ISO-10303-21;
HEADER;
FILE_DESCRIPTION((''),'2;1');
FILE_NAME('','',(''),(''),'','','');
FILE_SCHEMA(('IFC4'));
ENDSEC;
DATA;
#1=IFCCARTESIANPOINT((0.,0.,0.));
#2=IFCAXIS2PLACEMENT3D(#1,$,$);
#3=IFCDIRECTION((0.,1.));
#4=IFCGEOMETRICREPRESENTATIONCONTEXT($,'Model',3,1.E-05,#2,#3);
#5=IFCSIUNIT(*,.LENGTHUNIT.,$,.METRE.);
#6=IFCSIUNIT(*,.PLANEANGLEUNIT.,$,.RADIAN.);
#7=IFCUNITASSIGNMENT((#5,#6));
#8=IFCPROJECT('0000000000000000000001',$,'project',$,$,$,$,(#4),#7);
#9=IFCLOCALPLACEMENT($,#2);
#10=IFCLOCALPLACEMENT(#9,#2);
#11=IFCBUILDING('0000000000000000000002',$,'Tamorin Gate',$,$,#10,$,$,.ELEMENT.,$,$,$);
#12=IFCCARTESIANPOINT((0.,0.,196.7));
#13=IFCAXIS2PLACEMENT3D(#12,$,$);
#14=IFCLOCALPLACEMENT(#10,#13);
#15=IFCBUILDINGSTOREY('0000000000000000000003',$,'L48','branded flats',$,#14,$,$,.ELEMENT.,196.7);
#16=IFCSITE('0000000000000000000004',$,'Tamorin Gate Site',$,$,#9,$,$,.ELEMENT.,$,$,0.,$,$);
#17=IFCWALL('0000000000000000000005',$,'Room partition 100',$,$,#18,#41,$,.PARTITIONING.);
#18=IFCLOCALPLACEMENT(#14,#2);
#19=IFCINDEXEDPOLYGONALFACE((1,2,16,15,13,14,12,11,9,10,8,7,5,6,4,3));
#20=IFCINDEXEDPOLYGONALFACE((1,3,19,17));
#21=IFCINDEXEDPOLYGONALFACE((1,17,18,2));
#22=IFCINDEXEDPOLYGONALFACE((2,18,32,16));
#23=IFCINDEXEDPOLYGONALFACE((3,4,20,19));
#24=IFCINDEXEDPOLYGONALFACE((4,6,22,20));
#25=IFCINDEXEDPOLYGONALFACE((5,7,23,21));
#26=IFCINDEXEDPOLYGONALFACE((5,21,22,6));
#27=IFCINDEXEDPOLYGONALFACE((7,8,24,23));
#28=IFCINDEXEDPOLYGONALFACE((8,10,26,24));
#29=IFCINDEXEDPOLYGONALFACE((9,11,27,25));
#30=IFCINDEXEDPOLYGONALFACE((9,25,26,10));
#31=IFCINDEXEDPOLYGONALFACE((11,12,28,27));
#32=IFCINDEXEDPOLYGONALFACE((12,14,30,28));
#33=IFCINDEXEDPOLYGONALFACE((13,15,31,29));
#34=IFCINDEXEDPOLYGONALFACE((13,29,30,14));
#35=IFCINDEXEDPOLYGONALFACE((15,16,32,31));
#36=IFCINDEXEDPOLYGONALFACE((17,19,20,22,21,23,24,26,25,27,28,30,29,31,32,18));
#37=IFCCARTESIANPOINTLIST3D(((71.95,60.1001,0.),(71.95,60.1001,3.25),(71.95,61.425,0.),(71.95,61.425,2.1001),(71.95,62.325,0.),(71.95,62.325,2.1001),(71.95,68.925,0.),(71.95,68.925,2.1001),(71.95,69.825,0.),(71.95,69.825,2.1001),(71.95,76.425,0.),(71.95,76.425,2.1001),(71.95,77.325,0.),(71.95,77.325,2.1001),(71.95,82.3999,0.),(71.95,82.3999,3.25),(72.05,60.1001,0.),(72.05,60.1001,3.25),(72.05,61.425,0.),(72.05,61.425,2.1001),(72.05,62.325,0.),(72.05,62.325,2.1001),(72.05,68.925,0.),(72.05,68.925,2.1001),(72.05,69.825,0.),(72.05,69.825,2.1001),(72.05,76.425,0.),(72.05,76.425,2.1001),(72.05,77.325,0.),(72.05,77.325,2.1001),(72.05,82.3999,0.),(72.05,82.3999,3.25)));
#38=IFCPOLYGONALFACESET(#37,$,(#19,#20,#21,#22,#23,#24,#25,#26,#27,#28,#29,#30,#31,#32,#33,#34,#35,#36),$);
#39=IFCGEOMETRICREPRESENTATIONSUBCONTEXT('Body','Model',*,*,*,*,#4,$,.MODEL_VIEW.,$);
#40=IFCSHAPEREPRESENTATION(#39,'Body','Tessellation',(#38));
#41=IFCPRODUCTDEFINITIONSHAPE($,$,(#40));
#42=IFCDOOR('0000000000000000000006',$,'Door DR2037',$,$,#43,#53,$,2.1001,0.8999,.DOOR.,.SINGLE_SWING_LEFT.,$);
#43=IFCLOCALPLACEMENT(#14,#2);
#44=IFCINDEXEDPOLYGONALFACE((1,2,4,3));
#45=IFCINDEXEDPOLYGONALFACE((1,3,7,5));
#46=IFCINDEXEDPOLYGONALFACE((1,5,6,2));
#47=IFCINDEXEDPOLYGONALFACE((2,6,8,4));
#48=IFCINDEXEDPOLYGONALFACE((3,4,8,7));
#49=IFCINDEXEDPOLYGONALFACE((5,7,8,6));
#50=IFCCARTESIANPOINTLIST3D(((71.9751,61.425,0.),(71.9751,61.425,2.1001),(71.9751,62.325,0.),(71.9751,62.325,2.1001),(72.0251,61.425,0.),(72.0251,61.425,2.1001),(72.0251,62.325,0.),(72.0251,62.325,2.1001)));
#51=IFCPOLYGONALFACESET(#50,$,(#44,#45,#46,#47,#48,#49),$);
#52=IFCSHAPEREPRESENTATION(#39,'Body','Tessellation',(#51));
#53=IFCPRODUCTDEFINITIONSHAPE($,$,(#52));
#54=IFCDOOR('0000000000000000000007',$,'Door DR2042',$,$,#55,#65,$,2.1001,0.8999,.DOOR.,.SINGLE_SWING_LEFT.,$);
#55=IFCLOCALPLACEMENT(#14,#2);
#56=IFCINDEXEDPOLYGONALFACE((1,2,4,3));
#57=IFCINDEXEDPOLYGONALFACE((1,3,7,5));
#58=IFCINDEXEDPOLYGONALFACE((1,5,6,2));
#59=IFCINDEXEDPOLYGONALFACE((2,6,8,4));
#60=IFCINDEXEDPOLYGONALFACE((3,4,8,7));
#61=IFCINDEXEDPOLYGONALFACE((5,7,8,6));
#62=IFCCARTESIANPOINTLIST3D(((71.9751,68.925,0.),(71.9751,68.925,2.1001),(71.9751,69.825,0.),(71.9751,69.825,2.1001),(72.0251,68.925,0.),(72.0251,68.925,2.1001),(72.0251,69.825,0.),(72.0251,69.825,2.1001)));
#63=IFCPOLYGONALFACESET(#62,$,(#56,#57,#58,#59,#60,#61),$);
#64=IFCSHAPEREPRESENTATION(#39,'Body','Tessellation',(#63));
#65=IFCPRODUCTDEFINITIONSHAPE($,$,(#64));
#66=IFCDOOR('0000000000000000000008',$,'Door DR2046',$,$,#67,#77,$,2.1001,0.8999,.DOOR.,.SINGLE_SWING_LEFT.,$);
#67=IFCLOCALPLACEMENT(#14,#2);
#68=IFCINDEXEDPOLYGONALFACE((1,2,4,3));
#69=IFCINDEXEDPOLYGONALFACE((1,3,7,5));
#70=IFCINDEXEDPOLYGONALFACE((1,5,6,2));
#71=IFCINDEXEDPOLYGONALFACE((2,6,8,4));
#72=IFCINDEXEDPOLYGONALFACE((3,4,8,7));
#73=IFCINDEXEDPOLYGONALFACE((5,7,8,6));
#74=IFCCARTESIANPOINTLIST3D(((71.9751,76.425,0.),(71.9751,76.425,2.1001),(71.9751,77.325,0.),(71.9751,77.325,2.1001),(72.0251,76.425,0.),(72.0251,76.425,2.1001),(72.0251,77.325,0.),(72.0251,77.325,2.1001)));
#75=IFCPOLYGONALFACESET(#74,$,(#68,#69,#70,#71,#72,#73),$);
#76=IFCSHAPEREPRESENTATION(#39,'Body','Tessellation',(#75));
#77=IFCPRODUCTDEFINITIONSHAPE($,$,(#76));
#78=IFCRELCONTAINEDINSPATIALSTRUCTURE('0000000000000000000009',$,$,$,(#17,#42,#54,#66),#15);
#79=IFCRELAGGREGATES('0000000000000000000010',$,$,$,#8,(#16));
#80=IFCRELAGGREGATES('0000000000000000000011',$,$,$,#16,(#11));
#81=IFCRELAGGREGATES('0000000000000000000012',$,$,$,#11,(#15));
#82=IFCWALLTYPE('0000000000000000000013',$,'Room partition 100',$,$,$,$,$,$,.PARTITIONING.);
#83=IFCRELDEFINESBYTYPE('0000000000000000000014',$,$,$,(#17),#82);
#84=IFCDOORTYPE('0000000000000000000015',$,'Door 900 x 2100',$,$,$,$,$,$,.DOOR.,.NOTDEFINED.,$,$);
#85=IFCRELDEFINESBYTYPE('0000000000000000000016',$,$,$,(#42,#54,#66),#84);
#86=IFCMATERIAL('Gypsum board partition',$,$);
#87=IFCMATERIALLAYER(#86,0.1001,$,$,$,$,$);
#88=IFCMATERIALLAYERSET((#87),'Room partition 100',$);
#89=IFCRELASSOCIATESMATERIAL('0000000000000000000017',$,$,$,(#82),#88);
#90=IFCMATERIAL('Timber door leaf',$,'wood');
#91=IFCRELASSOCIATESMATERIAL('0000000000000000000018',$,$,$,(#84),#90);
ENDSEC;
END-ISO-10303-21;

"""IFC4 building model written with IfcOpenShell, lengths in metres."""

from ifc_helpers import new_model, si_unit, direction, frame, frame_2d, origin, place, context, subcontext, project, spatial, rectangle, extrude, material, layer, layer_set, type_object, element, fill, save


model = new_model("IFC4")

# Units and contexts
model_context = context("Model", 3, precision=1e-05, world=origin(), true_north=direction((0.0, 1.0)))
body_context = subcontext(model_context, "Body", "Model", "MODEL_VIEW")
ifc_project = project(units=[si_unit("LENGTHUNIT", "METRE"), si_unit("PLANEANGLEUNIT", "RADIAN")], contexts=[model_context])

# Site, building, storey
site_placement = place(None, origin())
site = spatial("IfcSite", under=ifc_project, at=site_placement, Name="Tamorin Gate Site", CompositionType="ELEMENT", RefElevation=0.0)
building_placement = place(site_placement, origin())
building = spatial("IfcBuilding", under=site, at=building_placement, Name="Tamorin Gate", CompositionType="ELEMENT")
storey_placement = place(building_placement, frame((0.0, 0.0, 196.7)))
storey = spatial("IfcBuildingStorey", under=building, at=storey_placement, Name="L48", Description="branded flats", CompositionType="ELEMENT", Elevation=196.7)

# Wall, openings, doors
ifc_material_1 = material(Name="Gypsum board partition")
ifc_layer_1 = layer(ifc_material_1, 0.1001)
ifc_layer_set_1 = layer_set([ifc_layer_1], Name="Room partition 100")
wall_type_1 = type_object("IfcWallType", Name="Room partition 100", PredefinedType="PARTITIONING", material=ifc_layer_set_1)
wall_1_placement = place(storey_placement, frame((72.0, 60.1001, 0.0), z_axis=(0.0, 0.0, 1.0), x_axis=(0.0, 1.0, 0.0)))
wall_1 = element("IfcWall", 1, at=wall_1_placement, inside=storey, type_object=wall_type_1, Name="Room partition 100", PredefinedType="PARTITIONING", context=body_context, shape_type="SweptSolid", body=[
    extrude(rectangle(XDim=22.2998, YDim=0.1001, at=frame_2d((11.1499, 0.0))), origin(), (0.0, 0.0, 1.0), 3.25),
])
opening_1_placement = place(wall_1_placement, frame((1.325, 0.0, 0.0)))
opening_1 = element("IfcOpeningElement", 2, at=opening_1_placement, cuts=wall_1, PredefinedType="OPENING", context=body_context, shape_type="SweptSolid", body=[
    extrude(rectangle(XDim=0.8999, YDim=2.1001, at=frame_2d((0.45, 1.05))), frame((0.0, 0.0601, 0.0), z_axis=(0.0, -1.0, 0.0), x_axis=(1.0, 0.0, 0.0)), (0.0, 0.0, 1.0), 0.1201),
])
opening_2_placement = place(wall_1_placement, frame((8.825, 0.0, 0.0)))
opening_2 = element("IfcOpeningElement", 3, at=opening_2_placement, cuts=wall_1, PredefinedType="OPENING", context=body_context, shape_type="SweptSolid", body=[
    extrude(rectangle(XDim=0.8999, YDim=2.1001, at=frame_2d((0.45, 1.05))), frame((0.0, 0.0601, 0.0), z_axis=(0.0, -1.0, 0.0), x_axis=(1.0, 0.0, 0.0)), (0.0, 0.0, 1.0), 0.1201),
])
opening_3_placement = place(wall_1_placement, frame((16.325, 0.0, 0.0)))
opening_3 = element("IfcOpeningElement", 4, at=opening_3_placement, cuts=wall_1, PredefinedType="OPENING", context=body_context, shape_type="SweptSolid", body=[
    extrude(rectangle(XDim=0.8999, YDim=2.1001, at=frame_2d((0.45, 1.05))), frame((0.0, 0.0601, 0.0), z_axis=(0.0, -1.0, 0.0), x_axis=(1.0, 0.0, 0.0)), (0.0, 0.0, 1.0), 0.1201),
])
ifc_material_2 = material(Name="Timber door leaf", Category="wood")
door_type = type_object("IfcDoorType", Name="Door 900 x 2100", OperationType="NOTDEFINED", PredefinedType="DOOR", material=ifc_material_2)
door_1_placement = place(opening_1_placement, origin())
door_1 = element("IfcDoor", 5, at=door_1_placement, inside=storey, type_object=door_type, Name="Door DR2037", OperationType="SINGLE_SWING_LEFT", OverallHeight=2.1001, OverallWidth=0.8999, PredefinedType="DOOR", context=body_context, shape_type="SweptSolid", body=[
    extrude(rectangle(XDim=0.8999, YDim=2.1001, at=frame_2d((0.45, 1.05))), frame((0.0, 0.0249, 0.0), z_axis=(0.0, -1.0, 0.0), x_axis=(1.0, 0.0, 0.0)), (0.0, 0.0, 1.0), 0.05),
])
fill(opening_1, door_1)
door_2_placement = place(opening_2_placement, origin())
door_2 = element("IfcDoor", 6, at=door_2_placement, inside=storey, type_object=door_type, Name="Door DR2042", OperationType="SINGLE_SWING_LEFT", OverallHeight=2.1001, OverallWidth=0.8999, PredefinedType="DOOR", context=body_context, shape_type="SweptSolid", body=[
    extrude(rectangle(XDim=0.8999, YDim=2.1001, at=frame_2d((0.45, 1.05))), frame((0.0, 0.0249, 0.0), z_axis=(0.0, -1.0, 0.0), x_axis=(1.0, 0.0, 0.0)), (0.0, 0.0, 1.0), 0.05),
])
fill(opening_2, door_2)
door_3_placement = place(opening_3_placement, origin())
door_3 = element("IfcDoor", 7, at=door_3_placement, inside=storey, type_object=door_type, Name="Door DR2046", OperationType="SINGLE_SWING_LEFT", OverallHeight=2.1001, OverallWidth=0.8999, PredefinedType="DOOR", context=body_context, shape_type="SweptSolid", body=[
    extrude(rectangle(XDim=0.8999, YDim=2.1001, at=frame_2d((0.45, 1.05))), frame((0.0, 0.0249, 0.0), z_axis=(0.0, -1.0, 0.0), x_axis=(1.0, 0.0, 0.0)), (0.0, 0.0, 1.0), 0.05),
])
fill(opening_3, door_3)

save(model, "model.ifc")
